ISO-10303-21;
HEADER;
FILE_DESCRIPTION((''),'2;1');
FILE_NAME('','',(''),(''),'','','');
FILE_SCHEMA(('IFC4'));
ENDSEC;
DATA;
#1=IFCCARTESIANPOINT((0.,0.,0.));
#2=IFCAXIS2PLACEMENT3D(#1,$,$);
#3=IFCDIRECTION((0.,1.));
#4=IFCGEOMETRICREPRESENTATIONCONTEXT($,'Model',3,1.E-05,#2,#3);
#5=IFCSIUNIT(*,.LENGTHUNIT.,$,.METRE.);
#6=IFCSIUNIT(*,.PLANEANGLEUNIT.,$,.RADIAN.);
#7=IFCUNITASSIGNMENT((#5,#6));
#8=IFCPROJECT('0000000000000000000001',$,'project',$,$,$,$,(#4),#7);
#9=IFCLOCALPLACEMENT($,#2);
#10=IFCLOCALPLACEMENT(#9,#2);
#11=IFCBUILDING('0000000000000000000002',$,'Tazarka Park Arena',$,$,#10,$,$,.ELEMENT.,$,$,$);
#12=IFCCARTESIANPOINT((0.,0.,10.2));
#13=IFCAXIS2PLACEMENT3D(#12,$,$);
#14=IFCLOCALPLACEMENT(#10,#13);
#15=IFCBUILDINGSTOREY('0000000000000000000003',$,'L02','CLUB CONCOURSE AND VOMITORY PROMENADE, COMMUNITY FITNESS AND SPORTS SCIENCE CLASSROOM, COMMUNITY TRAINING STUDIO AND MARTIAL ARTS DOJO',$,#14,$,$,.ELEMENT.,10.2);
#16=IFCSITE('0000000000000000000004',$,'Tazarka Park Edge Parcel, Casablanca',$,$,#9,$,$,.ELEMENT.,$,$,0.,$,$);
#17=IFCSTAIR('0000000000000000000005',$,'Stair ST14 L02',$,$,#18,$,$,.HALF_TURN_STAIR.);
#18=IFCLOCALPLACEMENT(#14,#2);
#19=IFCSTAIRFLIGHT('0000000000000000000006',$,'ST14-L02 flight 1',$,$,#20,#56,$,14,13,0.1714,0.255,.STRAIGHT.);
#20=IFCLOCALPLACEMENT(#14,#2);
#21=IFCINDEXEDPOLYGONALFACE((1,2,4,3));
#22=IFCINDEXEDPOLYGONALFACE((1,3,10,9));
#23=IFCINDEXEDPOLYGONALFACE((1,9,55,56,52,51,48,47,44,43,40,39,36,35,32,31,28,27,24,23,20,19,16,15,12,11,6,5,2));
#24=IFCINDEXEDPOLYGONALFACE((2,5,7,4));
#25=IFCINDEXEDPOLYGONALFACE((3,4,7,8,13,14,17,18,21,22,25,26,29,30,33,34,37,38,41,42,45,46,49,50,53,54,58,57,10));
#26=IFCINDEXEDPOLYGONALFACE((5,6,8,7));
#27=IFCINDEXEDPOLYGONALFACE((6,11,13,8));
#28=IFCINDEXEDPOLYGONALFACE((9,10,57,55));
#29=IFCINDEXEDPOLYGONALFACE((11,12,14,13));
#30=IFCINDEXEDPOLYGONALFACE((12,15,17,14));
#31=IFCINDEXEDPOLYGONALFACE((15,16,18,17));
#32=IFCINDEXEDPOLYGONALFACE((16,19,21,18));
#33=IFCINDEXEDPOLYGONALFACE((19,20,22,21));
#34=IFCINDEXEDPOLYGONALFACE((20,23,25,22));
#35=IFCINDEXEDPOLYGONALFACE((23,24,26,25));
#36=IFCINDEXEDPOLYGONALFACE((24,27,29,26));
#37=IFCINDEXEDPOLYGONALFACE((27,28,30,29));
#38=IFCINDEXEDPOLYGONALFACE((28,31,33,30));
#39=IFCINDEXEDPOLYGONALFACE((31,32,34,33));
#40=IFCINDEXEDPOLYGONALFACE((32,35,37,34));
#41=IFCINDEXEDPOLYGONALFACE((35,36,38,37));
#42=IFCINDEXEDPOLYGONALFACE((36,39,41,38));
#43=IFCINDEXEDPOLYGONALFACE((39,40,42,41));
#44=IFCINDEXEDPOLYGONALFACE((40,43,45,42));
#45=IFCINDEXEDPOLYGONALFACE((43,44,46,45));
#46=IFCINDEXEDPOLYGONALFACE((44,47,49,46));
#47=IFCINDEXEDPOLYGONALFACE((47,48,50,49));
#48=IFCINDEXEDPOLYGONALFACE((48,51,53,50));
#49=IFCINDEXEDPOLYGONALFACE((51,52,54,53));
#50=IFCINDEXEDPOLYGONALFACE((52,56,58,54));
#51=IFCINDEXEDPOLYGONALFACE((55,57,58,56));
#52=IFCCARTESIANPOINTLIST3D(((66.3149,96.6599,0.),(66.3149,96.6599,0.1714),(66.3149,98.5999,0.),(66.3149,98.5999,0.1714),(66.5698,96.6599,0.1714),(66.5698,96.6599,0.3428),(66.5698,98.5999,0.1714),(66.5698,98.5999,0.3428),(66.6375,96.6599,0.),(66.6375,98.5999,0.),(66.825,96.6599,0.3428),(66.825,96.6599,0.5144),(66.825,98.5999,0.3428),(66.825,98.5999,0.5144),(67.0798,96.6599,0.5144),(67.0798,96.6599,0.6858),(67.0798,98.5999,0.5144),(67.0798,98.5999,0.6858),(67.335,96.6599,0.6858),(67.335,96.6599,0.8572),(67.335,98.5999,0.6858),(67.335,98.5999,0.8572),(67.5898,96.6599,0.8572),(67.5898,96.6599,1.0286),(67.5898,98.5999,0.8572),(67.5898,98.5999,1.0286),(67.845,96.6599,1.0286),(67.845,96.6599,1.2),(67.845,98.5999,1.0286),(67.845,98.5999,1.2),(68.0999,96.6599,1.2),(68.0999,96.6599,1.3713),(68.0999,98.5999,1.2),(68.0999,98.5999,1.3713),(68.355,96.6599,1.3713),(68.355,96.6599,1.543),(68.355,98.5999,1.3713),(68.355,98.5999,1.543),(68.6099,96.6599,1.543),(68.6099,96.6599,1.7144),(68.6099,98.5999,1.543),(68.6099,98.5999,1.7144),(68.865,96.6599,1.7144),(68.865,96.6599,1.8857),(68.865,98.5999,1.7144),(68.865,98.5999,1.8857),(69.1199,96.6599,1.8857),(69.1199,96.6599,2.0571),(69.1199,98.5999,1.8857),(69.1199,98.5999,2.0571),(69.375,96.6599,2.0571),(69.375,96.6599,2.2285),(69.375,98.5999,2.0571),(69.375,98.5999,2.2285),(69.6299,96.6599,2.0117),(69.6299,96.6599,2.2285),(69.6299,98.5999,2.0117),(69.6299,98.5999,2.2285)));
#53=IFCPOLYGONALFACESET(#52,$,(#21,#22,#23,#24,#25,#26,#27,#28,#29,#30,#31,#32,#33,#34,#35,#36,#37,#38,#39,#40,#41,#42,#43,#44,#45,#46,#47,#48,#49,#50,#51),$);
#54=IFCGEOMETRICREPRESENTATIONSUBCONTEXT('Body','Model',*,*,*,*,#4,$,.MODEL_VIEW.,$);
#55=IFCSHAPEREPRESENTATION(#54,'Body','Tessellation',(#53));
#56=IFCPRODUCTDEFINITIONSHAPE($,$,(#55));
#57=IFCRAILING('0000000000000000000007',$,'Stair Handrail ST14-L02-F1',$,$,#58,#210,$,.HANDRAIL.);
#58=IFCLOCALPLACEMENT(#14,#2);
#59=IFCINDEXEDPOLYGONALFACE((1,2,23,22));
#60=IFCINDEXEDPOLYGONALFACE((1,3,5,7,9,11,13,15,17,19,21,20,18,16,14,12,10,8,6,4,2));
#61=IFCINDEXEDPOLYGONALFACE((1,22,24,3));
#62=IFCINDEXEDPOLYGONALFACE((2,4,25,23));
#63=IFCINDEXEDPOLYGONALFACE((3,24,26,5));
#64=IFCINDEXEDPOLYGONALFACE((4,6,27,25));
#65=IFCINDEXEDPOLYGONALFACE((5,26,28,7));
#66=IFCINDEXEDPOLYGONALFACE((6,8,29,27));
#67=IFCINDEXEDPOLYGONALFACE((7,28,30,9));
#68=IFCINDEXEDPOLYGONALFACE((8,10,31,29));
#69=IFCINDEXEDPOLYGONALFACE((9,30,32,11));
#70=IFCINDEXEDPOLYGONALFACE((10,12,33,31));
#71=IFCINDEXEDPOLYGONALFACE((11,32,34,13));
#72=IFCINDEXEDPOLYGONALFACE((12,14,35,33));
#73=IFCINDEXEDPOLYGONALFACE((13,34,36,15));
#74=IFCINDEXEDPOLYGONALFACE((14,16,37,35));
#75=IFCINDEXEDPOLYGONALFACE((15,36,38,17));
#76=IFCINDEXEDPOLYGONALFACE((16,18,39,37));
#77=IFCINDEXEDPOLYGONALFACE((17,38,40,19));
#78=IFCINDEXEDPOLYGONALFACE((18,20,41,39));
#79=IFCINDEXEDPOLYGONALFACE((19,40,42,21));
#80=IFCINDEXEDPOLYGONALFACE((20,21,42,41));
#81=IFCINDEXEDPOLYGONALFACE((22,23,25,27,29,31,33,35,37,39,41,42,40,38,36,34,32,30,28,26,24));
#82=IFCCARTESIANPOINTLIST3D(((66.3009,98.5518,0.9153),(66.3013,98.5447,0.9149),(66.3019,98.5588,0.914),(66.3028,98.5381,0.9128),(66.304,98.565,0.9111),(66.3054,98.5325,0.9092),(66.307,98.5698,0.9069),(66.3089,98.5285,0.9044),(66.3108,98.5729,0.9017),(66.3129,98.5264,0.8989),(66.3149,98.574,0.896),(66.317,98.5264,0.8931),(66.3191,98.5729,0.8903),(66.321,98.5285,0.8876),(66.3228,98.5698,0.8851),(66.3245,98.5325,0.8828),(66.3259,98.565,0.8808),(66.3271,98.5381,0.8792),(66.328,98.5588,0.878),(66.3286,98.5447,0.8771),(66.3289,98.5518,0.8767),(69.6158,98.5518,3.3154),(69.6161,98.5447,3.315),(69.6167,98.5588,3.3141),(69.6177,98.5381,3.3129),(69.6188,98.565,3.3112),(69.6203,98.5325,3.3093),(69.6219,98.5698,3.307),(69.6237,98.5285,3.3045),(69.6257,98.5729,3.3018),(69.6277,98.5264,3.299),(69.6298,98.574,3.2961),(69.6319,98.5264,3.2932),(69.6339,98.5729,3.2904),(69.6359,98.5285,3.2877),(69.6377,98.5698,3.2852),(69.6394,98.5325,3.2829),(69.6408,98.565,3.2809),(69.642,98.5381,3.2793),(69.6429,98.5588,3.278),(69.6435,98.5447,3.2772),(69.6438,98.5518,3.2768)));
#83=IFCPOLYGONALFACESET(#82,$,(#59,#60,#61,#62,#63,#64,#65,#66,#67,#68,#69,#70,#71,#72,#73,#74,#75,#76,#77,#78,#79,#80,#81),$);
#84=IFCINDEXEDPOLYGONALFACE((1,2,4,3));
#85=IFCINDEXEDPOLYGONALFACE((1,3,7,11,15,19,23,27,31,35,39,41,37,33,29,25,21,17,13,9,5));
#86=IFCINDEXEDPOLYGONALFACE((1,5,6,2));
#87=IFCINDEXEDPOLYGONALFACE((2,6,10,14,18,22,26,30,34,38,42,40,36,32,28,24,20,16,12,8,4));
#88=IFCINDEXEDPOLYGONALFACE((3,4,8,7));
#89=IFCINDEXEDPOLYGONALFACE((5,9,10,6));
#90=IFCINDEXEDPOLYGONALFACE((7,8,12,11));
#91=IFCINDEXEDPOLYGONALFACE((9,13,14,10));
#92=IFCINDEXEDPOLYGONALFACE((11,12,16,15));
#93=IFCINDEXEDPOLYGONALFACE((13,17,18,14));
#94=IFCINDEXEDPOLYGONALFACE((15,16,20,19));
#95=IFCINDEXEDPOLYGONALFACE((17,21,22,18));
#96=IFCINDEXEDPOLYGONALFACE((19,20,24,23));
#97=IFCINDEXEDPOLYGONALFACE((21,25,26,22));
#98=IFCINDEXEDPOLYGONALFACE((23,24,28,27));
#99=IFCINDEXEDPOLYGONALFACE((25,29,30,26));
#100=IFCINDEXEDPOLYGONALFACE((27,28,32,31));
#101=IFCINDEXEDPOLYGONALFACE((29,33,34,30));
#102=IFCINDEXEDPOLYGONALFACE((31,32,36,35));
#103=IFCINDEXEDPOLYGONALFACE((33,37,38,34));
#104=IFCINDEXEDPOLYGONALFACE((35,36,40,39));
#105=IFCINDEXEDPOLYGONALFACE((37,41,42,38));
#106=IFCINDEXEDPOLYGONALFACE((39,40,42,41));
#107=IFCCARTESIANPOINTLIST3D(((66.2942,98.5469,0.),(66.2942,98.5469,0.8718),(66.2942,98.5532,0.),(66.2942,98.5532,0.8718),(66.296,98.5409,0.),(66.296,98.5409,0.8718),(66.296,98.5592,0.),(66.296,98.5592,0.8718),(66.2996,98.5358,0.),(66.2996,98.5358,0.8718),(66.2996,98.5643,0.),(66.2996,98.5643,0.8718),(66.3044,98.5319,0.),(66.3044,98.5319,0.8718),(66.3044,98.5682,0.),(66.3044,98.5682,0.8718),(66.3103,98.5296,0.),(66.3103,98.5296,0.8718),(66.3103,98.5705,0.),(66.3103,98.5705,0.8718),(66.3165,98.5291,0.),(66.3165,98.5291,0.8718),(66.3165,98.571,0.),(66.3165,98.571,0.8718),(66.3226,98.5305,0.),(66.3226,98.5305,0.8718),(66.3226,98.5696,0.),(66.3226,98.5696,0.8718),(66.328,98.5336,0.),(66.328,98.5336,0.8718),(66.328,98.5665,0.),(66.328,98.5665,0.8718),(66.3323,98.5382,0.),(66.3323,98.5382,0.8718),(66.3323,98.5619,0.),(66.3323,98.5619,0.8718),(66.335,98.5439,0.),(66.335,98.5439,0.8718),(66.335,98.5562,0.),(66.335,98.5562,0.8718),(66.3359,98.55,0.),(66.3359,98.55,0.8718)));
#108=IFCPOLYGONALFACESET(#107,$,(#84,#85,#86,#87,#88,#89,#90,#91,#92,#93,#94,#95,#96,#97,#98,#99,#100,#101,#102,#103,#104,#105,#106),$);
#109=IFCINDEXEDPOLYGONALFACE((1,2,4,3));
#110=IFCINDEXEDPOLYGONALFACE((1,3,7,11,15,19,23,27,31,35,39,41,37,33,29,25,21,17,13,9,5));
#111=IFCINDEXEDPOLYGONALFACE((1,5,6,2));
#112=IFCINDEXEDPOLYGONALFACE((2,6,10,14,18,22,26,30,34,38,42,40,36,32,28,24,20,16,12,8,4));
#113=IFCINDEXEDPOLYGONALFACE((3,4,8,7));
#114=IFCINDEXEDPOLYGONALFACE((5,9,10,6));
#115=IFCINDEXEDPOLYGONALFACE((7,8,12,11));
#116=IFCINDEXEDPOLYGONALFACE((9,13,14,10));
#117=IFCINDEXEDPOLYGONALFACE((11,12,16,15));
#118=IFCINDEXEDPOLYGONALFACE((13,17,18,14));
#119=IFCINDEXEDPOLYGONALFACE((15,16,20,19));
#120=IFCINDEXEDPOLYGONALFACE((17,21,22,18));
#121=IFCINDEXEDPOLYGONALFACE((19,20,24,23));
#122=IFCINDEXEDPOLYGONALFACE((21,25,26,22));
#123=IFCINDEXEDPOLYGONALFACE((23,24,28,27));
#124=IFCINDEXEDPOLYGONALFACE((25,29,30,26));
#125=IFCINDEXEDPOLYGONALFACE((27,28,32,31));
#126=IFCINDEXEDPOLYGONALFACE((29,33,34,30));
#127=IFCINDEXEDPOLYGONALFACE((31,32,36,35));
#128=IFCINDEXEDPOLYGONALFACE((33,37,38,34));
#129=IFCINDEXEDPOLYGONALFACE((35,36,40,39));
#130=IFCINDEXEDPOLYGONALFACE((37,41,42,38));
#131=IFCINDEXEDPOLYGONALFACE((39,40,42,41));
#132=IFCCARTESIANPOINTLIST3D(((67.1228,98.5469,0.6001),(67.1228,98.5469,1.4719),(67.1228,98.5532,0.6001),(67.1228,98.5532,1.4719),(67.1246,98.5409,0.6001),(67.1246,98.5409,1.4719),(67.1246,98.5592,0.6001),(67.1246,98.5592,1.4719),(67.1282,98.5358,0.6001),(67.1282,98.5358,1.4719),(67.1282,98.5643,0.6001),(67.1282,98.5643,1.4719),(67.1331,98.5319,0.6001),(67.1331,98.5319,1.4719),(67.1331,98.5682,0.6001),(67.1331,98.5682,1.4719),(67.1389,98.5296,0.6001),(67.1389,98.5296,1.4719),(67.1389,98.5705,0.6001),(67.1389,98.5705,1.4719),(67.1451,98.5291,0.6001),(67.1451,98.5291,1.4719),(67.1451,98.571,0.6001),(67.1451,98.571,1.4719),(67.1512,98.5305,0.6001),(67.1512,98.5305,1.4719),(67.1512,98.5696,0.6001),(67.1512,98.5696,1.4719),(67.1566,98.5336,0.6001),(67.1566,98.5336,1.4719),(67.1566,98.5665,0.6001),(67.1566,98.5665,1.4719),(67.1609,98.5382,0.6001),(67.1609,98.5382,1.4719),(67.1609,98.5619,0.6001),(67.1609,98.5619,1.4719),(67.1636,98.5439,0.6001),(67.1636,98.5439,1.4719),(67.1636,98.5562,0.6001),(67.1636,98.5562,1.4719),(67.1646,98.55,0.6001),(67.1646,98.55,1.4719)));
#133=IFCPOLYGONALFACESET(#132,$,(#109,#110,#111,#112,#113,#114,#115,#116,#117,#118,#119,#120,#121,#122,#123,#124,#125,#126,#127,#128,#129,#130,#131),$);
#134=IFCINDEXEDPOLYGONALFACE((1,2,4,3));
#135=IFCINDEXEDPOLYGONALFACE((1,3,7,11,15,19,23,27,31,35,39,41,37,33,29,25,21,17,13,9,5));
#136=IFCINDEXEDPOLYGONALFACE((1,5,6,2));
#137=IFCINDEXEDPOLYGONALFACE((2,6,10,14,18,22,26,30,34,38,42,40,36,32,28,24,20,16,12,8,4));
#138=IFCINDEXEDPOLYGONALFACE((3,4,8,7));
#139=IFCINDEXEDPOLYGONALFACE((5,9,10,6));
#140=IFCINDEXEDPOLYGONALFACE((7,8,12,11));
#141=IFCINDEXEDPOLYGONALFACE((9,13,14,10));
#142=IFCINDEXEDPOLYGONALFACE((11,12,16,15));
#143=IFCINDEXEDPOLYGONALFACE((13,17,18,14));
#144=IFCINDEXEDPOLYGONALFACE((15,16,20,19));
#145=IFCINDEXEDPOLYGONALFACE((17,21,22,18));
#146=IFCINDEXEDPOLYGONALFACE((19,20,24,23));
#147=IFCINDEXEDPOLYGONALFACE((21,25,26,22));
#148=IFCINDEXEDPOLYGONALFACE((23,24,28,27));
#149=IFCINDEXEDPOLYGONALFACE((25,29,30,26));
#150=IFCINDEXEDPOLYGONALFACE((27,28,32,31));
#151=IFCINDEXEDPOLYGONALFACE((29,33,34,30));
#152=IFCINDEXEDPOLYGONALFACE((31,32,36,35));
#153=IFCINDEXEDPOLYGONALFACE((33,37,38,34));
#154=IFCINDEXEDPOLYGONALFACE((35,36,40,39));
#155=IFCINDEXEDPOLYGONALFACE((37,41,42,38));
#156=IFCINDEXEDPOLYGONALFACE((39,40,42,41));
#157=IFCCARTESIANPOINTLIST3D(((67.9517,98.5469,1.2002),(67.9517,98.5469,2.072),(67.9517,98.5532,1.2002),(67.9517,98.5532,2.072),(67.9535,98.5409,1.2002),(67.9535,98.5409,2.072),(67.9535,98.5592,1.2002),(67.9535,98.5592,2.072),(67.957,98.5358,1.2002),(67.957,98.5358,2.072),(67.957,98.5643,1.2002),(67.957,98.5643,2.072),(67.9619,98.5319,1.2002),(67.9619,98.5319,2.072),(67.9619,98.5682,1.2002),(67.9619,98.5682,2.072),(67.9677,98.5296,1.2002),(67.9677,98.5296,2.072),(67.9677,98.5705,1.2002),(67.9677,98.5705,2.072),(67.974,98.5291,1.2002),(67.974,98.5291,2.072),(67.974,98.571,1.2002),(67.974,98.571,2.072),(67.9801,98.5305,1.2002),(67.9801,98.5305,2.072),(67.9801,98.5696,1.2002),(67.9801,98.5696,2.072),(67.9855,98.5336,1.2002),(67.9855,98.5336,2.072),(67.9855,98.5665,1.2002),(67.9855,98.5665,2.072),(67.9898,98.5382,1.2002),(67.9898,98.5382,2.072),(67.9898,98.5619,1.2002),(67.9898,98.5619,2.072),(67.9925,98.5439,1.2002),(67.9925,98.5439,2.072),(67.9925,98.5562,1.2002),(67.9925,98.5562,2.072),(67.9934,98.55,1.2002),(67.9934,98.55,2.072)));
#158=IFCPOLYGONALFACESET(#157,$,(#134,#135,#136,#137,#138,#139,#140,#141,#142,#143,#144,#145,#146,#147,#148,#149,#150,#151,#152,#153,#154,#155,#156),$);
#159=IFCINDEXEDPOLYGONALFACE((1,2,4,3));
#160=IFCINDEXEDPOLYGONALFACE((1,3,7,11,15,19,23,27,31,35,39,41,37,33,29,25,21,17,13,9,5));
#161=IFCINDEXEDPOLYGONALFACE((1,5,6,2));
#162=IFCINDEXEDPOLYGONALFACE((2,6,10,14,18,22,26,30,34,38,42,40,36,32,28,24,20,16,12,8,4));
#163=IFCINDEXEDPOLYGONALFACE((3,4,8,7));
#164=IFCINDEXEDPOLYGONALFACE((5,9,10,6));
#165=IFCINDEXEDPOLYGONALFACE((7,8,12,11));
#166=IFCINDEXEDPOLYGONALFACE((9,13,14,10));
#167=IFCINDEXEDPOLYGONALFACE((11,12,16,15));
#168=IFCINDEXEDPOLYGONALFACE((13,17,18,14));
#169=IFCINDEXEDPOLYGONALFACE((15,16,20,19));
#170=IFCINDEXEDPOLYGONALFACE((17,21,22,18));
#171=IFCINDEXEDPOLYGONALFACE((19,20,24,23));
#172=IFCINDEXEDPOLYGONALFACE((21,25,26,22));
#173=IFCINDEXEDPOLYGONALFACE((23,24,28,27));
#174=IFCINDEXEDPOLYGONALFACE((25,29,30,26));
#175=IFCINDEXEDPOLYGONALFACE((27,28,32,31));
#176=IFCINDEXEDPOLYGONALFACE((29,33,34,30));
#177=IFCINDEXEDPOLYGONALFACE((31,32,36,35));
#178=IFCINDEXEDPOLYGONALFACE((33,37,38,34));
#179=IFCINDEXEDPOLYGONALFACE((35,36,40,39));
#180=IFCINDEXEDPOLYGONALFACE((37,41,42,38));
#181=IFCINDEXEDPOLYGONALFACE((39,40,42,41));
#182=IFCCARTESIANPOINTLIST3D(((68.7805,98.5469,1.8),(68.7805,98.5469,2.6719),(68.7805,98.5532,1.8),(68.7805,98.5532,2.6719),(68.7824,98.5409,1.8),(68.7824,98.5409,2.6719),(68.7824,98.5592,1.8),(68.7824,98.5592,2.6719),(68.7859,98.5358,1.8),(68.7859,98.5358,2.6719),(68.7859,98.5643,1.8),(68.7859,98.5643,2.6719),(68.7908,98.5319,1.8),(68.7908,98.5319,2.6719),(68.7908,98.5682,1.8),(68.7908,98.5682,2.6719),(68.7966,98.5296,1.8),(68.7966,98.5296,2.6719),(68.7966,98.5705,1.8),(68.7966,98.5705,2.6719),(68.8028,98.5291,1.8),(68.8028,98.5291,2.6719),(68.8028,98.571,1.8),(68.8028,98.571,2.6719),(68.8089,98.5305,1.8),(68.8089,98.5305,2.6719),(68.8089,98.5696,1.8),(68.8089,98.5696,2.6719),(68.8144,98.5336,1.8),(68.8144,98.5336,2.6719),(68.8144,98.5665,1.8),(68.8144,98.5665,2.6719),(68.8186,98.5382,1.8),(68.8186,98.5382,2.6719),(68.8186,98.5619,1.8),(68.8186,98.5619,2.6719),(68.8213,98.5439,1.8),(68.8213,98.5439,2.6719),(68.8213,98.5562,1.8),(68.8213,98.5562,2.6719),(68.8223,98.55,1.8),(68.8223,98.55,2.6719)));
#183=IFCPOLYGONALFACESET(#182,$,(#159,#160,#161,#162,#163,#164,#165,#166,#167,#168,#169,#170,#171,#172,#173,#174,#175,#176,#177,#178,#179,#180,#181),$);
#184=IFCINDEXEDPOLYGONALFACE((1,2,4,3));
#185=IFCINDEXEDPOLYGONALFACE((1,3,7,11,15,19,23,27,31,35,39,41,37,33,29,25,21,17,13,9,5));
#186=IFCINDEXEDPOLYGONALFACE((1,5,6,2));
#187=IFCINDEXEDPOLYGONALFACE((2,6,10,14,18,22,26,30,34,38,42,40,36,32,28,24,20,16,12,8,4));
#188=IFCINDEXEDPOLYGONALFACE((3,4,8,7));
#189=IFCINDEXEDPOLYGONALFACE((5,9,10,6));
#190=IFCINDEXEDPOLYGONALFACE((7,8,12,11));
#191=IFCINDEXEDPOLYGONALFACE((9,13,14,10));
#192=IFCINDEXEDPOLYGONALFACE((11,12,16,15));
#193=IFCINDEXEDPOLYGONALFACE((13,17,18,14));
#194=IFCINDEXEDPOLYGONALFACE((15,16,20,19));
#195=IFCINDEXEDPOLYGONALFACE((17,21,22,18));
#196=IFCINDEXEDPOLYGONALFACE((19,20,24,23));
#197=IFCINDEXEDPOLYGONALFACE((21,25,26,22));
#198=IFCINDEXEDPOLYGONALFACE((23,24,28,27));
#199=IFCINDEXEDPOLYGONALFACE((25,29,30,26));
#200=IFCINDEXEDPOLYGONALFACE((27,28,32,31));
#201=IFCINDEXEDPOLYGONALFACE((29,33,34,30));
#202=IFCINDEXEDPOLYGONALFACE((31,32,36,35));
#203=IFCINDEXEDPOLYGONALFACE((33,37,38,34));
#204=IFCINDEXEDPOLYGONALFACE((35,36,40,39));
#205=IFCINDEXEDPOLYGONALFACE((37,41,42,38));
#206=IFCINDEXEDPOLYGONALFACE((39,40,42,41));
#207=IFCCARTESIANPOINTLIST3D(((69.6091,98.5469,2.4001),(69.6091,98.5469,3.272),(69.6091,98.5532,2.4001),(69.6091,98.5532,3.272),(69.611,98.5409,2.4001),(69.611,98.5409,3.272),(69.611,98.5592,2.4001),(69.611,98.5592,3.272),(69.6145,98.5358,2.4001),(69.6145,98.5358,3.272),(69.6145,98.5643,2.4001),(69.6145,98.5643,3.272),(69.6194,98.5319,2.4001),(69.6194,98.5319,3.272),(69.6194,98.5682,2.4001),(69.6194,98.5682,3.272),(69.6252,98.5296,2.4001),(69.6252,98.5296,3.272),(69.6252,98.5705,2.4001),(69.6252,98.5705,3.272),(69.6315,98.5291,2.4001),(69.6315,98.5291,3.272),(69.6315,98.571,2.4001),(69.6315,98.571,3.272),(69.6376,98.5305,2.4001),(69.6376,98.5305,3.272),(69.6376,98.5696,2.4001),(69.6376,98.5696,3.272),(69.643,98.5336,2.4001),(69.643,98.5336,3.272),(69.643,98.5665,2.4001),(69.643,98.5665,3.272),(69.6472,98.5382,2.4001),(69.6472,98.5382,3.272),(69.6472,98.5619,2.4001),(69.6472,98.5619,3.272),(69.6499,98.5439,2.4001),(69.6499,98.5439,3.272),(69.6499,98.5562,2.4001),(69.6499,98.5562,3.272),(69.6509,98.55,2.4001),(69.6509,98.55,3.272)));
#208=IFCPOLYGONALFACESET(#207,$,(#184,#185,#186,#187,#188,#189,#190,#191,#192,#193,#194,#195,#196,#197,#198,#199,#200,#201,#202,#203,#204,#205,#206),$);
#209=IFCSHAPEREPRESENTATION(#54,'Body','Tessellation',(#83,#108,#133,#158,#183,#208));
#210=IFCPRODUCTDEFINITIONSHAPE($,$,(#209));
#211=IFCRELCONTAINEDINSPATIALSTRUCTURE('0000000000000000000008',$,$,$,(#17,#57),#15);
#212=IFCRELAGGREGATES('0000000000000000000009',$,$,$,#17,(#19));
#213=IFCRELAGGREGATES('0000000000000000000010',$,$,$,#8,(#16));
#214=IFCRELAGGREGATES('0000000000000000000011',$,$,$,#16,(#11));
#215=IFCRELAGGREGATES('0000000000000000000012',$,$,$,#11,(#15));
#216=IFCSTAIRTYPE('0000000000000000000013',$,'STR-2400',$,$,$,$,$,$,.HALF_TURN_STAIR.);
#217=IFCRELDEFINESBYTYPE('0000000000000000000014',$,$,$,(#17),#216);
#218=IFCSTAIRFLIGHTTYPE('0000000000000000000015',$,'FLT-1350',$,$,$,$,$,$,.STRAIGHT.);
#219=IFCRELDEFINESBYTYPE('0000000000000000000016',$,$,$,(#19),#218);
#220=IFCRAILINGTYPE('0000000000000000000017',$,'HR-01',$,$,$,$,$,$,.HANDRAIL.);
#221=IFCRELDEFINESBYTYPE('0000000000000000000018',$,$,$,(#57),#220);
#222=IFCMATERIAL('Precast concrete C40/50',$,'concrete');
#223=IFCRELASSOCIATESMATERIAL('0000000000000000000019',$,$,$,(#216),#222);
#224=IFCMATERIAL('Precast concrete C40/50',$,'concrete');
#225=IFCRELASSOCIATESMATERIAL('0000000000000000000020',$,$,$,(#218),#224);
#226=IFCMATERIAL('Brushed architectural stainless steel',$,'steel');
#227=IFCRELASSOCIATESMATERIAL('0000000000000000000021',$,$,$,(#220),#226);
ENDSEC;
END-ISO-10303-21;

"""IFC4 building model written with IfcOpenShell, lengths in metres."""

from ifc_helpers import new_model, si_unit, direction, frame, origin, origin_2d, place, context, subcontext, project, spatial, polyline, circle, outline, extrude, material, type_object, element, aggregate, save


model = new_model("IFC4")

# Units and contexts
model_context = context("Model", 3, precision=1e-05, world=origin(), true_north=direction((0.0, 1.0)))
body_context = subcontext(model_context, "Body", "Model", "MODEL_VIEW")
ifc_project = project(units=[si_unit("LENGTHUNIT", "METRE"), si_unit("PLANEANGLEUNIT", "RADIAN")], contexts=[model_context])

# Site, building, storey
site_placement = place(None, origin())
site = spatial("IfcSite", under=ifc_project, at=site_placement, Name="Tazarka Park Edge Parcel, Casablanca", CompositionType="ELEMENT", RefElevation=0.0)
building_placement = place(site_placement, origin())
building = spatial("IfcBuilding", under=site, at=building_placement, Name="Tazarka Park Arena", CompositionType="ELEMENT")
storey_placement = place(building_placement, frame((0.0, 0.0, 10.2)))
storey = spatial("IfcBuildingStorey", under=building, at=storey_placement, Name="L02", Description="CLUB CONCOURSE AND VOMITORY PROMENADE, COMMUNITY FITNESS AND SPORTS SCIENCE CLASSROOM, COMMUNITY TRAINING STUDIO AND MARTIAL ARTS DOJO", CompositionType="ELEMENT", Elevation=10.2)

# Stair, stair flight
ifc_material_1 = material(Name="Precast concrete C40/50", Category="concrete")
stair_type = type_object("IfcStairType", Name="STR-2400", PredefinedType="HALF_TURN_STAIR", material=ifc_material_1)
stair_placement = place(storey_placement, origin())
stair = element("IfcStair", 1, at=stair_placement, inside=storey, type_object=stair_type, Name="Stair ST14 L02", PredefinedType="HALF_TURN_STAIR")
ifc_material_2 = material(Name="Precast concrete C40/50", Category="concrete")
stair_flight_type = type_object("IfcStairFlightType", Name="FLT-1350", PredefinedType="STRAIGHT", material=ifc_material_2)
stair_flight_placement = place(storey_placement, frame((66.3149, 97.6299, 0.0), z_axis=(0.0, 0.0, 1.0), x_axis=(1.0, 0.0, 0.0)))
stair_flight = element("IfcStairFlight", 2, at=stair_flight_placement, type_object=stair_flight_type, Name="ST14-L02 flight 1", NumberOfRisers=14, NumberOfTreads=13, PredefinedType="STRAIGHT", RiserHeight=0.1714, TreadLength=0.255, context=body_context, shape_type="SweptSolid", body=[
    extrude(outline(polyline([(0.0, 0.0), (0.0, 0.1714), (0.2549, 0.1714), (0.2549, 0.3428), (0.51, 0.3428), (0.51, 0.5144), (0.7649, 0.5144), (0.7649, 0.6858), (1.02, 0.6858), (1.02, 0.8572), (1.2749, 0.8572), (1.2749, 1.0286), (1.53, 1.0286), (1.53, 1.2), (1.7849, 1.2), (1.7849, 1.3713), (2.04, 1.3713), (2.04, 1.543), (2.2949, 1.543), (2.2949, 1.7144), (2.55, 1.7144), (2.55, 1.8857), (2.8049, 1.8857), (2.8049, 2.0571), (3.0601, 2.0571), (3.0601, 2.2285), (3.3149, 2.2285), (3.3149, 2.3999), (3.3149, 2.0117), (0.3225, 0.0), (0.0, 0.0)])), frame((0.0, 0.97, 0.0), z_axis=(0.0, -1.0, 0.0), x_axis=(1.0, 0.0, 0.0)), (0.0, 0.0, 1.0), 1.9399),
])
aggregate(stair, [stair_flight])

# Railing
ifc_material_3 = material(Name="Brushed architectural stainless steel", Category="steel")
railing_type_1 = type_object("IfcRailingType", Name="HR-01", PredefinedType="HANDRAIL", material=ifc_material_3)
railing_placement = place(storey_placement, frame((66.3149, 98.55, 0.0)))
element("IfcRailing", 3, at=railing_placement, inside=storey, type_object=railing_type_1, Name="Stair Handrail ST14-L02-F1", PredefinedType="HANDRAIL", context=body_context, shape_type="SweptSolid", body=[
    extrude(circle(Radius=0.0239, at=origin_2d()), frame((0.0, 0.0, 0.896), z_axis=(0.80998, 0.0, 0.586457), x_axis=(0.0, 1.0, 0.0)), (0.0, 0.0, 1.0), 4.0925),
    extrude(circle(Radius=0.021, at=origin_2d()), origin(), (0.0, 0.0, 1.0), 0.8718),
    extrude(circle(Radius=0.021, at=origin_2d()), frame((0.8286, 0.0, 0.6001)), (0.0, 0.0, 1.0), 0.8718),
    extrude(circle(Radius=0.021, at=origin_2d()), frame((1.6575, 0.0, 1.2002)), (0.0, 0.0, 1.0), 0.8718),
    extrude(circle(Radius=0.021, at=origin_2d()), frame((2.4863, 0.0, 1.8)), (0.0, 0.0, 1.0), 0.8718),
    extrude(circle(Radius=0.021, at=origin_2d()), frame((3.3149, 0.0, 2.4001)), (0.0, 0.0, 1.0), 0.8718),
])

save(model, "model.ifc")
